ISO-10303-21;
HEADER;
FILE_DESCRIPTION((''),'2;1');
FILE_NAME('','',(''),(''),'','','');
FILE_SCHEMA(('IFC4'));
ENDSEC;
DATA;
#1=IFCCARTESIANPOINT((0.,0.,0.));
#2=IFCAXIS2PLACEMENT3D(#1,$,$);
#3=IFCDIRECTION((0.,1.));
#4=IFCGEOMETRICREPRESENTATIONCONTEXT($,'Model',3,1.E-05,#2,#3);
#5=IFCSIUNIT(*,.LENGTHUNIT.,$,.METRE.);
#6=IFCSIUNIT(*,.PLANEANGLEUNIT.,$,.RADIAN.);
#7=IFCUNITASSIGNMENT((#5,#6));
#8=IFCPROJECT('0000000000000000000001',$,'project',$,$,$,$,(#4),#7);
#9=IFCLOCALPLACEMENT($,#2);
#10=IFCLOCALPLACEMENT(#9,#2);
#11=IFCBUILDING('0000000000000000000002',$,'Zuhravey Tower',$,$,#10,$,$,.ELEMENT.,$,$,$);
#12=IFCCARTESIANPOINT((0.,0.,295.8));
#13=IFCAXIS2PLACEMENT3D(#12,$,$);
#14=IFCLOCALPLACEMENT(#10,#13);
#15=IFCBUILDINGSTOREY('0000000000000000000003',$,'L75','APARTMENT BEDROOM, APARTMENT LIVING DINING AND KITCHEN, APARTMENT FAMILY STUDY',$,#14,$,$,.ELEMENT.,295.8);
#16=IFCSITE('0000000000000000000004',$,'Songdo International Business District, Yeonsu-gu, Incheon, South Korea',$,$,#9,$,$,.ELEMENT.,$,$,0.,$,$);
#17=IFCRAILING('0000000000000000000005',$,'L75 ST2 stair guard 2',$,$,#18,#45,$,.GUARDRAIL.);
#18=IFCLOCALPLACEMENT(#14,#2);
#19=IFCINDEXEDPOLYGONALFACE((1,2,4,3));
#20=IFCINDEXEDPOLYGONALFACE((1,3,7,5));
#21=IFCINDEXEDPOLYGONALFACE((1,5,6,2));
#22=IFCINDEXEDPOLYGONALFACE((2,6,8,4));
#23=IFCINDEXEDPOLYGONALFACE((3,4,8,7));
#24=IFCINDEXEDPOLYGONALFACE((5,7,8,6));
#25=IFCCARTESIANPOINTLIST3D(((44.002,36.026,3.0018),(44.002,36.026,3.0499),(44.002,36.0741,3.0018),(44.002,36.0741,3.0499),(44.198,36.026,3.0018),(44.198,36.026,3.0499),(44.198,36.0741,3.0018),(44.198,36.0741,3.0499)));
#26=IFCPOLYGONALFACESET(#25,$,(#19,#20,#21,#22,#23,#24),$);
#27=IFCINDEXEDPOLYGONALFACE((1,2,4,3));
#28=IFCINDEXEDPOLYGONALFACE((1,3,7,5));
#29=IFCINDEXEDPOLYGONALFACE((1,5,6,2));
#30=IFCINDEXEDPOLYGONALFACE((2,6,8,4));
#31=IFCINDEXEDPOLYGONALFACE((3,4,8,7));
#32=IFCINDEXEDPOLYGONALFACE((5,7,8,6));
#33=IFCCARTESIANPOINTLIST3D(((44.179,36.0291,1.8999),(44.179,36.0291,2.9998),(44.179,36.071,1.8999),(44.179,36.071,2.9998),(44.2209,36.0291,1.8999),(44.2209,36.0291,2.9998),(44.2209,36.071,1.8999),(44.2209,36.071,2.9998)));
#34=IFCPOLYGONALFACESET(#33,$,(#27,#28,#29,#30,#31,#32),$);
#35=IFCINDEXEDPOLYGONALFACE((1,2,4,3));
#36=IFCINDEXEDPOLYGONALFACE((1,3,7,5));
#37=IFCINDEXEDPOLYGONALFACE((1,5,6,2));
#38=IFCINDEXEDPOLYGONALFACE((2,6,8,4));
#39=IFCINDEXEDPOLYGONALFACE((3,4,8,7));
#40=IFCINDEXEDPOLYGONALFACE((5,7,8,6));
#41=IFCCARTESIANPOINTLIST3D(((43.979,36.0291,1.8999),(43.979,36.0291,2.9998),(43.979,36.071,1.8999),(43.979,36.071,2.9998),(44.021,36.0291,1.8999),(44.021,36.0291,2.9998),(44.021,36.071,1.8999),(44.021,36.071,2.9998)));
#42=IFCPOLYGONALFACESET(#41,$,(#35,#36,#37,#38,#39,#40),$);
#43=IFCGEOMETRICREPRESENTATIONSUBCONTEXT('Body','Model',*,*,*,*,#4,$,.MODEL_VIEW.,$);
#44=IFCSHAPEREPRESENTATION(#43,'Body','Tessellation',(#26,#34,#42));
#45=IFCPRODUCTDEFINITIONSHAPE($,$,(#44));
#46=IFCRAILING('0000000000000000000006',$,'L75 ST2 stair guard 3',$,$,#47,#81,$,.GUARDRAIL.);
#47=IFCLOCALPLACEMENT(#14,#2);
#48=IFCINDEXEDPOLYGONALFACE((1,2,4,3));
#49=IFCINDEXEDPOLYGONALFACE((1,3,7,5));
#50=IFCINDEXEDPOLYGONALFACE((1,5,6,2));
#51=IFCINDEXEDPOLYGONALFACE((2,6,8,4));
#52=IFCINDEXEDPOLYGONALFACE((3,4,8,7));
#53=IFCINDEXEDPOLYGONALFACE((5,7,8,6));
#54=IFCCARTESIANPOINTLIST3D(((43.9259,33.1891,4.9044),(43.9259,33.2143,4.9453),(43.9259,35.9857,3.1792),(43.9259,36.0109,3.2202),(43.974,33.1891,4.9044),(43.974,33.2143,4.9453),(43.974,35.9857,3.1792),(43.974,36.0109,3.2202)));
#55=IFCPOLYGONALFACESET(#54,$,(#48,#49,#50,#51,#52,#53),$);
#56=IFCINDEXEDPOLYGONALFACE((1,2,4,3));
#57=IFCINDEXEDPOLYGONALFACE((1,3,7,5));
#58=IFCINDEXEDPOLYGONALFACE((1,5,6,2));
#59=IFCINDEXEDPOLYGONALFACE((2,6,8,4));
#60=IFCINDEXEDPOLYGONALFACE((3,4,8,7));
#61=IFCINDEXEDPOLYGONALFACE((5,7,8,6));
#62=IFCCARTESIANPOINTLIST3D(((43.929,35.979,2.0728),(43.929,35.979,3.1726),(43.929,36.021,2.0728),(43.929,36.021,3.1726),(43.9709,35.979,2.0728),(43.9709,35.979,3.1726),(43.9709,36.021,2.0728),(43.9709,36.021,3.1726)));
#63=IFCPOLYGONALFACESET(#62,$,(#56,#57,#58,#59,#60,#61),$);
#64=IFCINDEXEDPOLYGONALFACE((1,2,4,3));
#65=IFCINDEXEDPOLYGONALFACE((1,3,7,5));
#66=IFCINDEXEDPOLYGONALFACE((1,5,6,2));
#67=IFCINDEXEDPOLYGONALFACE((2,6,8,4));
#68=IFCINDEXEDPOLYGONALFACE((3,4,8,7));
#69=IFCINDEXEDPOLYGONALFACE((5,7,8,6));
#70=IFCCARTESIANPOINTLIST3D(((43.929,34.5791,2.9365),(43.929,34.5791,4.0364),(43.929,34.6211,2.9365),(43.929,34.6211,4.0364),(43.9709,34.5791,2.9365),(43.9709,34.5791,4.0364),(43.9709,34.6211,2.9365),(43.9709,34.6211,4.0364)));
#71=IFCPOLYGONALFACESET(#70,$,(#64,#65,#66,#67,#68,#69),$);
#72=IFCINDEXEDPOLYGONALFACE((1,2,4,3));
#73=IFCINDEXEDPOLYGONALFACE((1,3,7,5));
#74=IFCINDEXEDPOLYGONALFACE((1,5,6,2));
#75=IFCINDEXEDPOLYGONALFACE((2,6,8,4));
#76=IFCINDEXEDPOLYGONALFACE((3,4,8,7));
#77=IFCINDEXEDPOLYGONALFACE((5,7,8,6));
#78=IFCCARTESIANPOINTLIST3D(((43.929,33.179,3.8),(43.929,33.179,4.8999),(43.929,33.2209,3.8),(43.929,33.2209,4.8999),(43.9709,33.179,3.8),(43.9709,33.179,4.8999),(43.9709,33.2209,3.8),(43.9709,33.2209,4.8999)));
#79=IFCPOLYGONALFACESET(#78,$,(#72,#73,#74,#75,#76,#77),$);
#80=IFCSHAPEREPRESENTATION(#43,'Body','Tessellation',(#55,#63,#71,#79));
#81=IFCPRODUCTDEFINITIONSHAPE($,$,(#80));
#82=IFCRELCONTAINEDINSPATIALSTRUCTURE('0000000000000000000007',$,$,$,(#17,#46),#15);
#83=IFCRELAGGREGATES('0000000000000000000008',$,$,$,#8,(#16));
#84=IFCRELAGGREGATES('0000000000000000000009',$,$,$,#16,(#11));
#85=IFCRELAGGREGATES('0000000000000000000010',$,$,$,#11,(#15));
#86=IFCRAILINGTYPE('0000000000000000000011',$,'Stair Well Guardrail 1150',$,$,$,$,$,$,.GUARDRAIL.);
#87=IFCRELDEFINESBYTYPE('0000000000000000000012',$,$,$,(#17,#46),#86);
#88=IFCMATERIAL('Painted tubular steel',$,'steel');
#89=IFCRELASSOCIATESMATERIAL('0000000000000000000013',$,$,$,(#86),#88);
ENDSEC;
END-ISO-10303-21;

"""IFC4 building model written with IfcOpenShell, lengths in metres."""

from ifc_helpers import new_model, si_unit, direction, frame, origin, origin_2d, place, context, subcontext, project, spatial, rectangle, extrude, material, type_object, element, save


model = new_model("IFC4")

# Units and contexts
model_context = context("Model", 3, precision=1e-05, world=origin(), true_north=direction((0.0, 1.0)))
body_context = subcontext(model_context, "Body", "Model", "MODEL_VIEW")
ifc_project = project(units=[si_unit("LENGTHUNIT", "METRE"), si_unit("PLANEANGLEUNIT", "RADIAN")], contexts=[model_context])

# Site, building, storey
site_placement = place(None, origin())
site = spatial("IfcSite", under=ifc_project, at=site_placement, Name="Songdo International Business District, Yeonsu-gu, Incheon, South Korea", CompositionType="ELEMENT", RefElevation=0.0)
building_placement = place(site_placement, origin())
building = spatial("IfcBuilding", under=site, at=building_placement, Name="Zuhravey Tower", CompositionType="ELEMENT")
storey_placement = place(building_placement, frame((0.0, 0.0, 295.8)))
storey = spatial("IfcBuildingStorey", under=building, at=storey_placement, Name="L75", Description="APARTMENT BEDROOM, APARTMENT LIVING DINING AND KITCHEN, APARTMENT FAMILY STUDY", CompositionType="ELEMENT", Elevation=295.8)

# Railings
ifc_material_1 = material(Name="Painted tubular steel", Category="steel")
railing_type_1 = type_object("IfcRailingType", Name="Stair Well Guardrail 1150", PredefinedType="GUARDRAIL", material=ifc_material_1)
railing_1_placement = place(storey_placement, frame((44.2, 36.05, 1.8999)))
element("IfcRailing", 1, at=railing_1_placement, inside=storey, type_object=railing_type_1, Name="L75 ST2 stair guard 2", PredefinedType="GUARDRAIL", context=body_context, shape_type="SweptSolid", body=[
    extrude(rectangle(XDim=0.0481, YDim=0.0481, at=origin_2d()), frame((-0.002, 0.0, 1.126), z_axis=(-1.0, 0.0, 0.0), x_axis=(0.0, -1.0, 0.0)), (0.0, 0.0, 1.0), 0.196),
    extrude(rectangle(XDim=0.042, YDim=0.042, at=origin_2d()), origin(), (0.0, 0.0, 1.0), 1.0999),
    extrude(rectangle(XDim=0.042, YDim=0.042, at=origin_2d()), frame((-0.2, 0.0, 0.0)), (0.0, 0.0, 1.0), 1.0999),
])
railing_2_placement = place(storey_placement, frame((43.95, 36.0, 2.0728)))
element("IfcRailing", 2, at=railing_2_placement, inside=storey, type_object=railing_type_1, Name="L75 ST2 stair guard 3", PredefinedType="GUARDRAIL", context=body_context, shape_type="SweptSolid", body=[
    extrude(rectangle(XDim=0.0481, YDim=0.0481, at=origin_2d()), frame((0.0, -0.0017, 1.127), z_axis=(0.0, -0.85109, 0.52502), x_axis=(1.0, 0.0, 0.0)), (0.0, 0.0, 1.0), 3.2859),
    extrude(rectangle(XDim=0.042, YDim=0.042, at=origin_2d()), origin(), (0.0, 0.0, 1.0), 1.0999),
    extrude(rectangle(XDim=0.042, YDim=0.042, at=origin_2d()), frame((0.0, -1.3999, 0.8638)), (0.0, 0.0, 1.0), 1.0999),
    extrude(rectangle(XDim=0.042, YDim=0.042, at=origin_2d()), frame((0.0, -2.8, 1.7273)), (0.0, 0.0, 1.0), 1.0999),
])

save(model, "model.ifc")
